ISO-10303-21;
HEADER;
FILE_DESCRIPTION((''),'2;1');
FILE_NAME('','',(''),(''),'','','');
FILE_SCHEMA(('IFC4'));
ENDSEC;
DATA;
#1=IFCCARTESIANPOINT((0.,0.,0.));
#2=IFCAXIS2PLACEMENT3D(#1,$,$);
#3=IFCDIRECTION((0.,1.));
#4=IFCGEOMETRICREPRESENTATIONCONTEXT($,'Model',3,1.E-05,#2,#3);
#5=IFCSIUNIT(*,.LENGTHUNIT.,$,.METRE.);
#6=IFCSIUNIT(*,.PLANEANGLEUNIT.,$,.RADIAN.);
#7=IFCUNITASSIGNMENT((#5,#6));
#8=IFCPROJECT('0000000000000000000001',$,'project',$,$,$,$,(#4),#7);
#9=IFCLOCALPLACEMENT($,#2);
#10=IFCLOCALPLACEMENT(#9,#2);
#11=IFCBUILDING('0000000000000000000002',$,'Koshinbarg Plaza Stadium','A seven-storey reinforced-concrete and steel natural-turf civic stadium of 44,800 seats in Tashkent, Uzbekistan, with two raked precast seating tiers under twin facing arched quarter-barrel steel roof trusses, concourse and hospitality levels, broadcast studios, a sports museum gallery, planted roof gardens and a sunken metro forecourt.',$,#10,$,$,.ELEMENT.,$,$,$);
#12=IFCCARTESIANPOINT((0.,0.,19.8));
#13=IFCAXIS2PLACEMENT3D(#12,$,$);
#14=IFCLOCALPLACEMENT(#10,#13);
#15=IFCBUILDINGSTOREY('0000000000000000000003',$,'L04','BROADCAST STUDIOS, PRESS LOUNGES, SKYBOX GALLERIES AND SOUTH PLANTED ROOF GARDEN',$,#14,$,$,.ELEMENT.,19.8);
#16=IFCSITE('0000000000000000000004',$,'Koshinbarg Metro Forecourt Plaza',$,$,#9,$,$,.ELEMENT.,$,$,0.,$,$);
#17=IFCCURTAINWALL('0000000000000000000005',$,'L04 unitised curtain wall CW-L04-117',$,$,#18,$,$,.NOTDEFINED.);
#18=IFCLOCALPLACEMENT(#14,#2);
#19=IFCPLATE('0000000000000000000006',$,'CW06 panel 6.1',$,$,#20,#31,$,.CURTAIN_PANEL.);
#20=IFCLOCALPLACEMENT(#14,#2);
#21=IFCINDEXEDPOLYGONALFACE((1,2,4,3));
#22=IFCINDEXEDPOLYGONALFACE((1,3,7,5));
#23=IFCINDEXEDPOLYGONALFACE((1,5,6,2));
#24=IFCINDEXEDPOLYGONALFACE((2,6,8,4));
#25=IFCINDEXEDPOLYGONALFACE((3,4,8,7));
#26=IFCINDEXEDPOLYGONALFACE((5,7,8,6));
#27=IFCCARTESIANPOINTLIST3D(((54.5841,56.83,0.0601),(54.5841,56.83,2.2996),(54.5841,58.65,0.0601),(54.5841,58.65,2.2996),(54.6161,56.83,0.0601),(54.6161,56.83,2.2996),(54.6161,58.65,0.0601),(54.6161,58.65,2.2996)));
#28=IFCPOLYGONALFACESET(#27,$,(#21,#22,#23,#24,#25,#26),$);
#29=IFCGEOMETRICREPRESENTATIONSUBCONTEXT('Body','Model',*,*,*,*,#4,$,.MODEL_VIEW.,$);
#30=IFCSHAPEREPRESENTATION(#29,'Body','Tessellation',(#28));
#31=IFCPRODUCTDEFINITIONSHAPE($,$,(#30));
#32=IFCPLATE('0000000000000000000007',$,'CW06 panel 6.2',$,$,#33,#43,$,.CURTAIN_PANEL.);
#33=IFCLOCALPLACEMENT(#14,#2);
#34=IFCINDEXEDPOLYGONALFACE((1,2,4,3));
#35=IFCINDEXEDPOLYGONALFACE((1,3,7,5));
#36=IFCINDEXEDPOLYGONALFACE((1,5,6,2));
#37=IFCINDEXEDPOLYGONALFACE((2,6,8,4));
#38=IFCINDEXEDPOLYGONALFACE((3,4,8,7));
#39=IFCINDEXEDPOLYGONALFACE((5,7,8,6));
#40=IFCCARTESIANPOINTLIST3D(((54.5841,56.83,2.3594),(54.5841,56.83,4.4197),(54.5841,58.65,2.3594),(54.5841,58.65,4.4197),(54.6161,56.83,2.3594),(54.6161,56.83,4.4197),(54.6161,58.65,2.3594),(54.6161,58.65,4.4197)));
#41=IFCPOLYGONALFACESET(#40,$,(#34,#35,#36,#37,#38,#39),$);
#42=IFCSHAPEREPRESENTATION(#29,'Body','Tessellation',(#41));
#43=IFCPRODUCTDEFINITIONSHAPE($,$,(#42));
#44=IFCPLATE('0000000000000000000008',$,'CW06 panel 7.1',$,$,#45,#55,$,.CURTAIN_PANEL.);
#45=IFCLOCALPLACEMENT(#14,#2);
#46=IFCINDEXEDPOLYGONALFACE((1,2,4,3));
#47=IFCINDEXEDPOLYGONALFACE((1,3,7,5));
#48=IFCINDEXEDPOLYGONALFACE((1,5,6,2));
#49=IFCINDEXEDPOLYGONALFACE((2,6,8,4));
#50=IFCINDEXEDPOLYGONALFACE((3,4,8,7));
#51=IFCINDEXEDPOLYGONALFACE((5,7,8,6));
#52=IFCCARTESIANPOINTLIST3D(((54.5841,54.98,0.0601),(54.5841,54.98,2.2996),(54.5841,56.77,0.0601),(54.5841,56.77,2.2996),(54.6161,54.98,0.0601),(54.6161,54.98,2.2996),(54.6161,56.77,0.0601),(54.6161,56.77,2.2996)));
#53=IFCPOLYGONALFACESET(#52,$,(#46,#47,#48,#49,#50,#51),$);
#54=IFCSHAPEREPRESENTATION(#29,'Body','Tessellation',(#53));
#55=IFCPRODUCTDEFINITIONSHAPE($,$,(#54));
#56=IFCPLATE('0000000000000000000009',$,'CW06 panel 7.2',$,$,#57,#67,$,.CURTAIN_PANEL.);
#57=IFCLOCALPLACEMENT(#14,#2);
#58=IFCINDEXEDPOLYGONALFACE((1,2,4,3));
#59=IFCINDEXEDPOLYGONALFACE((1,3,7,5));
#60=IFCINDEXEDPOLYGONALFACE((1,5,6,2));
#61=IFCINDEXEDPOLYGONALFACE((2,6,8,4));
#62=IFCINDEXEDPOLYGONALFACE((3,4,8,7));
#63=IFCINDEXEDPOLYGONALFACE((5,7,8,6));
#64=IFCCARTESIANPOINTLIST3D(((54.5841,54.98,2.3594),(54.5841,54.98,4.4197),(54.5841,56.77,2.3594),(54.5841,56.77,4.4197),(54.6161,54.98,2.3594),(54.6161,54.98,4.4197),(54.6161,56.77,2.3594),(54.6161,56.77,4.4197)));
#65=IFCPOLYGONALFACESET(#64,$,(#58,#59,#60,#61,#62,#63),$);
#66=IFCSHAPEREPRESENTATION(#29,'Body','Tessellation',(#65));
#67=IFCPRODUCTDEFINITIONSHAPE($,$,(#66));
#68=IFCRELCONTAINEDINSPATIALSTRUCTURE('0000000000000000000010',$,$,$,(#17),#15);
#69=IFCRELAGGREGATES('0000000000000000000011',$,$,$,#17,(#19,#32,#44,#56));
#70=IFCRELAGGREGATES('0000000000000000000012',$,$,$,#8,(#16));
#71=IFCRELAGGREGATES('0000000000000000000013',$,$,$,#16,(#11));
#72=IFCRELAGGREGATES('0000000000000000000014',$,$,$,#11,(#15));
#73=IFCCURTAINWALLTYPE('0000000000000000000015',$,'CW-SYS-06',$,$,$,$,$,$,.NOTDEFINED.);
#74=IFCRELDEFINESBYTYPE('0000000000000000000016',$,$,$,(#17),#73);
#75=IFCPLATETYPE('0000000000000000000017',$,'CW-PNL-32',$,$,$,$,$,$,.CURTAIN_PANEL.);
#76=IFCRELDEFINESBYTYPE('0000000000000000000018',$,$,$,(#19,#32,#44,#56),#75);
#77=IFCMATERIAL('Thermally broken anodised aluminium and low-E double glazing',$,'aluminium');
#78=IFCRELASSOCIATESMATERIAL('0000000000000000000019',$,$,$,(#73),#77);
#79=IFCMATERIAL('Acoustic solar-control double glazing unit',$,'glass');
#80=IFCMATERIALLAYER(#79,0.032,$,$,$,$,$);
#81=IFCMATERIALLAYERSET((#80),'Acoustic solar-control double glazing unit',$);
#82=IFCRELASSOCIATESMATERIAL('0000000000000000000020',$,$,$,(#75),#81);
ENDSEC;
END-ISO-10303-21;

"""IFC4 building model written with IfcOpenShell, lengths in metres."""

from ifc_helpers import new_model, si_unit, direction, frame, origin, origin_2d, place, context, subcontext, project, spatial, rectangle, extrude, material, layer, layer_set, type_object, element, aggregate, save


model = new_model("IFC4")

# Units and contexts
model_context = context("Model", 3, precision=1e-05, world=origin(), true_north=direction((0.0, 1.0)))
body_context = subcontext(model_context, "Body", "Model", "MODEL_VIEW")
ifc_project = project(units=[si_unit("LENGTHUNIT", "METRE"), si_unit("PLANEANGLEUNIT", "RADIAN")], contexts=[model_context])

# Site, building, storey
site_placement = place(None, origin())
site = spatial("IfcSite", under=ifc_project, at=site_placement, Name="Koshinbarg Metro Forecourt Plaza", CompositionType="ELEMENT", RefElevation=0.0)
building_placement = place(site_placement, origin())
building = spatial("IfcBuilding", under=site, at=building_placement, Name="Koshinbarg Plaza Stadium", Description="A seven-storey reinforced-concrete and steel natural-turf civic stadium of 44,800 seats in Tashkent, Uzbekistan, with two raked precast seating tiers under twin facing arched quarter-barrel steel roof trusses, concourse and hospitality levels, broadcast studios, a sports museum gallery, planted roof gardens and a sunken metro forecourt.", CompositionType="ELEMENT")
storey_placement = place(building_placement, frame((0.0, 0.0, 19.8)))
storey = spatial("IfcBuildingStorey", under=building, at=storey_placement, Name="L04", Description="BROADCAST STUDIOS, PRESS LOUNGES, SKYBOX GALLERIES AND SOUTH PLANTED ROOF GARDEN", CompositionType="ELEMENT", Elevation=19.8)

# Curtain wall
ifc_material_1 = material(Name="Thermally broken anodised aluminium and low-E double glazing", Category="aluminium")
curtain_wall_type_1 = type_object("IfcCurtainWallType", Name="CW-SYS-06", PredefinedType="NOTDEFINED", material=ifc_material_1)
curtain_wall_1_placement = place(storey_placement, origin())
curtain_wall_1 = element("IfcCurtainWall", 1, at=curtain_wall_1_placement, inside=storey, type_object=curtain_wall_type_1, Name="L04 unitised curtain wall CW-L04-117", PredefinedType="NOTDEFINED")

# Plates
ifc_material_2 = material(Name="Acoustic solar-control double glazing unit", Category="glass")
ifc_layer = layer(ifc_material_2, 0.032)
ifc_layer_set = layer_set([ifc_layer], Name="Acoustic solar-control double glazing unit")
plate_type = type_object("IfcPlateType", Name="CW-PNL-32", PredefinedType="CURTAIN_PANEL", material=ifc_layer_set)
plate_1_placement = place(storey_placement, frame((54.6001, 57.74, 0.0601), z_axis=(0.0, 0.0, 1.0), x_axis=(0.0, -1.0, 0.0)))
plate_1 = element("IfcPlate", 2, at=plate_1_placement, type_object=plate_type, Name="CW06 panel 6.1", PredefinedType="CURTAIN_PANEL", context=body_context, shape_type="SweptSolid", body=[
    extrude(rectangle(XDim=1.8201, YDim=0.032, at=origin_2d()), origin(), (0.0, 0.0, 1.0), 2.2395),
])
plate_2_placement = place(storey_placement, frame((54.6001, 57.74, 2.3594), z_axis=(0.0, 0.0, 1.0), x_axis=(0.0, -1.0, 0.0)))
plate_2 = element("IfcPlate", 3, at=plate_2_placement, type_object=plate_type, Name="CW06 panel 6.2", PredefinedType="CURTAIN_PANEL", context=body_context, shape_type="SweptSolid", body=[
    extrude(rectangle(XDim=1.8201, YDim=0.032, at=origin_2d()), origin(), (0.0, 0.0, 1.0), 2.0603),
])
plate_3_placement = place(storey_placement, frame((54.6001, 55.875, 0.0601), z_axis=(0.0, 0.0, 1.0), x_axis=(0.0, -1.0, 0.0)))
plate_3 = element("IfcPlate", 4, at=plate_3_placement, type_object=plate_type, Name="CW06 panel 7.1", PredefinedType="CURTAIN_PANEL", context=body_context, shape_type="SweptSolid", body=[
    extrude(rectangle(XDim=1.79, YDim=0.032, at=origin_2d()), origin(), (0.0, 0.0, 1.0), 2.2395),
])
plate_4_placement = place(storey_placement, frame((54.6001, 55.875, 2.3594), z_axis=(0.0, 0.0, 1.0), x_axis=(0.0, -1.0, 0.0)))
plate_4 = element("IfcPlate", 5, at=plate_4_placement, type_object=plate_type, Name="CW06 panel 7.2", PredefinedType="CURTAIN_PANEL", context=body_context, shape_type="SweptSolid", body=[
    extrude(rectangle(XDim=1.79, YDim=0.032, at=origin_2d()), origin(), (0.0, 0.0, 1.0), 2.0603),
])
aggregate(curtain_wall_1, [plate_1, plate_2, plate_3, plate_4])

save(model, "model.ifc")
